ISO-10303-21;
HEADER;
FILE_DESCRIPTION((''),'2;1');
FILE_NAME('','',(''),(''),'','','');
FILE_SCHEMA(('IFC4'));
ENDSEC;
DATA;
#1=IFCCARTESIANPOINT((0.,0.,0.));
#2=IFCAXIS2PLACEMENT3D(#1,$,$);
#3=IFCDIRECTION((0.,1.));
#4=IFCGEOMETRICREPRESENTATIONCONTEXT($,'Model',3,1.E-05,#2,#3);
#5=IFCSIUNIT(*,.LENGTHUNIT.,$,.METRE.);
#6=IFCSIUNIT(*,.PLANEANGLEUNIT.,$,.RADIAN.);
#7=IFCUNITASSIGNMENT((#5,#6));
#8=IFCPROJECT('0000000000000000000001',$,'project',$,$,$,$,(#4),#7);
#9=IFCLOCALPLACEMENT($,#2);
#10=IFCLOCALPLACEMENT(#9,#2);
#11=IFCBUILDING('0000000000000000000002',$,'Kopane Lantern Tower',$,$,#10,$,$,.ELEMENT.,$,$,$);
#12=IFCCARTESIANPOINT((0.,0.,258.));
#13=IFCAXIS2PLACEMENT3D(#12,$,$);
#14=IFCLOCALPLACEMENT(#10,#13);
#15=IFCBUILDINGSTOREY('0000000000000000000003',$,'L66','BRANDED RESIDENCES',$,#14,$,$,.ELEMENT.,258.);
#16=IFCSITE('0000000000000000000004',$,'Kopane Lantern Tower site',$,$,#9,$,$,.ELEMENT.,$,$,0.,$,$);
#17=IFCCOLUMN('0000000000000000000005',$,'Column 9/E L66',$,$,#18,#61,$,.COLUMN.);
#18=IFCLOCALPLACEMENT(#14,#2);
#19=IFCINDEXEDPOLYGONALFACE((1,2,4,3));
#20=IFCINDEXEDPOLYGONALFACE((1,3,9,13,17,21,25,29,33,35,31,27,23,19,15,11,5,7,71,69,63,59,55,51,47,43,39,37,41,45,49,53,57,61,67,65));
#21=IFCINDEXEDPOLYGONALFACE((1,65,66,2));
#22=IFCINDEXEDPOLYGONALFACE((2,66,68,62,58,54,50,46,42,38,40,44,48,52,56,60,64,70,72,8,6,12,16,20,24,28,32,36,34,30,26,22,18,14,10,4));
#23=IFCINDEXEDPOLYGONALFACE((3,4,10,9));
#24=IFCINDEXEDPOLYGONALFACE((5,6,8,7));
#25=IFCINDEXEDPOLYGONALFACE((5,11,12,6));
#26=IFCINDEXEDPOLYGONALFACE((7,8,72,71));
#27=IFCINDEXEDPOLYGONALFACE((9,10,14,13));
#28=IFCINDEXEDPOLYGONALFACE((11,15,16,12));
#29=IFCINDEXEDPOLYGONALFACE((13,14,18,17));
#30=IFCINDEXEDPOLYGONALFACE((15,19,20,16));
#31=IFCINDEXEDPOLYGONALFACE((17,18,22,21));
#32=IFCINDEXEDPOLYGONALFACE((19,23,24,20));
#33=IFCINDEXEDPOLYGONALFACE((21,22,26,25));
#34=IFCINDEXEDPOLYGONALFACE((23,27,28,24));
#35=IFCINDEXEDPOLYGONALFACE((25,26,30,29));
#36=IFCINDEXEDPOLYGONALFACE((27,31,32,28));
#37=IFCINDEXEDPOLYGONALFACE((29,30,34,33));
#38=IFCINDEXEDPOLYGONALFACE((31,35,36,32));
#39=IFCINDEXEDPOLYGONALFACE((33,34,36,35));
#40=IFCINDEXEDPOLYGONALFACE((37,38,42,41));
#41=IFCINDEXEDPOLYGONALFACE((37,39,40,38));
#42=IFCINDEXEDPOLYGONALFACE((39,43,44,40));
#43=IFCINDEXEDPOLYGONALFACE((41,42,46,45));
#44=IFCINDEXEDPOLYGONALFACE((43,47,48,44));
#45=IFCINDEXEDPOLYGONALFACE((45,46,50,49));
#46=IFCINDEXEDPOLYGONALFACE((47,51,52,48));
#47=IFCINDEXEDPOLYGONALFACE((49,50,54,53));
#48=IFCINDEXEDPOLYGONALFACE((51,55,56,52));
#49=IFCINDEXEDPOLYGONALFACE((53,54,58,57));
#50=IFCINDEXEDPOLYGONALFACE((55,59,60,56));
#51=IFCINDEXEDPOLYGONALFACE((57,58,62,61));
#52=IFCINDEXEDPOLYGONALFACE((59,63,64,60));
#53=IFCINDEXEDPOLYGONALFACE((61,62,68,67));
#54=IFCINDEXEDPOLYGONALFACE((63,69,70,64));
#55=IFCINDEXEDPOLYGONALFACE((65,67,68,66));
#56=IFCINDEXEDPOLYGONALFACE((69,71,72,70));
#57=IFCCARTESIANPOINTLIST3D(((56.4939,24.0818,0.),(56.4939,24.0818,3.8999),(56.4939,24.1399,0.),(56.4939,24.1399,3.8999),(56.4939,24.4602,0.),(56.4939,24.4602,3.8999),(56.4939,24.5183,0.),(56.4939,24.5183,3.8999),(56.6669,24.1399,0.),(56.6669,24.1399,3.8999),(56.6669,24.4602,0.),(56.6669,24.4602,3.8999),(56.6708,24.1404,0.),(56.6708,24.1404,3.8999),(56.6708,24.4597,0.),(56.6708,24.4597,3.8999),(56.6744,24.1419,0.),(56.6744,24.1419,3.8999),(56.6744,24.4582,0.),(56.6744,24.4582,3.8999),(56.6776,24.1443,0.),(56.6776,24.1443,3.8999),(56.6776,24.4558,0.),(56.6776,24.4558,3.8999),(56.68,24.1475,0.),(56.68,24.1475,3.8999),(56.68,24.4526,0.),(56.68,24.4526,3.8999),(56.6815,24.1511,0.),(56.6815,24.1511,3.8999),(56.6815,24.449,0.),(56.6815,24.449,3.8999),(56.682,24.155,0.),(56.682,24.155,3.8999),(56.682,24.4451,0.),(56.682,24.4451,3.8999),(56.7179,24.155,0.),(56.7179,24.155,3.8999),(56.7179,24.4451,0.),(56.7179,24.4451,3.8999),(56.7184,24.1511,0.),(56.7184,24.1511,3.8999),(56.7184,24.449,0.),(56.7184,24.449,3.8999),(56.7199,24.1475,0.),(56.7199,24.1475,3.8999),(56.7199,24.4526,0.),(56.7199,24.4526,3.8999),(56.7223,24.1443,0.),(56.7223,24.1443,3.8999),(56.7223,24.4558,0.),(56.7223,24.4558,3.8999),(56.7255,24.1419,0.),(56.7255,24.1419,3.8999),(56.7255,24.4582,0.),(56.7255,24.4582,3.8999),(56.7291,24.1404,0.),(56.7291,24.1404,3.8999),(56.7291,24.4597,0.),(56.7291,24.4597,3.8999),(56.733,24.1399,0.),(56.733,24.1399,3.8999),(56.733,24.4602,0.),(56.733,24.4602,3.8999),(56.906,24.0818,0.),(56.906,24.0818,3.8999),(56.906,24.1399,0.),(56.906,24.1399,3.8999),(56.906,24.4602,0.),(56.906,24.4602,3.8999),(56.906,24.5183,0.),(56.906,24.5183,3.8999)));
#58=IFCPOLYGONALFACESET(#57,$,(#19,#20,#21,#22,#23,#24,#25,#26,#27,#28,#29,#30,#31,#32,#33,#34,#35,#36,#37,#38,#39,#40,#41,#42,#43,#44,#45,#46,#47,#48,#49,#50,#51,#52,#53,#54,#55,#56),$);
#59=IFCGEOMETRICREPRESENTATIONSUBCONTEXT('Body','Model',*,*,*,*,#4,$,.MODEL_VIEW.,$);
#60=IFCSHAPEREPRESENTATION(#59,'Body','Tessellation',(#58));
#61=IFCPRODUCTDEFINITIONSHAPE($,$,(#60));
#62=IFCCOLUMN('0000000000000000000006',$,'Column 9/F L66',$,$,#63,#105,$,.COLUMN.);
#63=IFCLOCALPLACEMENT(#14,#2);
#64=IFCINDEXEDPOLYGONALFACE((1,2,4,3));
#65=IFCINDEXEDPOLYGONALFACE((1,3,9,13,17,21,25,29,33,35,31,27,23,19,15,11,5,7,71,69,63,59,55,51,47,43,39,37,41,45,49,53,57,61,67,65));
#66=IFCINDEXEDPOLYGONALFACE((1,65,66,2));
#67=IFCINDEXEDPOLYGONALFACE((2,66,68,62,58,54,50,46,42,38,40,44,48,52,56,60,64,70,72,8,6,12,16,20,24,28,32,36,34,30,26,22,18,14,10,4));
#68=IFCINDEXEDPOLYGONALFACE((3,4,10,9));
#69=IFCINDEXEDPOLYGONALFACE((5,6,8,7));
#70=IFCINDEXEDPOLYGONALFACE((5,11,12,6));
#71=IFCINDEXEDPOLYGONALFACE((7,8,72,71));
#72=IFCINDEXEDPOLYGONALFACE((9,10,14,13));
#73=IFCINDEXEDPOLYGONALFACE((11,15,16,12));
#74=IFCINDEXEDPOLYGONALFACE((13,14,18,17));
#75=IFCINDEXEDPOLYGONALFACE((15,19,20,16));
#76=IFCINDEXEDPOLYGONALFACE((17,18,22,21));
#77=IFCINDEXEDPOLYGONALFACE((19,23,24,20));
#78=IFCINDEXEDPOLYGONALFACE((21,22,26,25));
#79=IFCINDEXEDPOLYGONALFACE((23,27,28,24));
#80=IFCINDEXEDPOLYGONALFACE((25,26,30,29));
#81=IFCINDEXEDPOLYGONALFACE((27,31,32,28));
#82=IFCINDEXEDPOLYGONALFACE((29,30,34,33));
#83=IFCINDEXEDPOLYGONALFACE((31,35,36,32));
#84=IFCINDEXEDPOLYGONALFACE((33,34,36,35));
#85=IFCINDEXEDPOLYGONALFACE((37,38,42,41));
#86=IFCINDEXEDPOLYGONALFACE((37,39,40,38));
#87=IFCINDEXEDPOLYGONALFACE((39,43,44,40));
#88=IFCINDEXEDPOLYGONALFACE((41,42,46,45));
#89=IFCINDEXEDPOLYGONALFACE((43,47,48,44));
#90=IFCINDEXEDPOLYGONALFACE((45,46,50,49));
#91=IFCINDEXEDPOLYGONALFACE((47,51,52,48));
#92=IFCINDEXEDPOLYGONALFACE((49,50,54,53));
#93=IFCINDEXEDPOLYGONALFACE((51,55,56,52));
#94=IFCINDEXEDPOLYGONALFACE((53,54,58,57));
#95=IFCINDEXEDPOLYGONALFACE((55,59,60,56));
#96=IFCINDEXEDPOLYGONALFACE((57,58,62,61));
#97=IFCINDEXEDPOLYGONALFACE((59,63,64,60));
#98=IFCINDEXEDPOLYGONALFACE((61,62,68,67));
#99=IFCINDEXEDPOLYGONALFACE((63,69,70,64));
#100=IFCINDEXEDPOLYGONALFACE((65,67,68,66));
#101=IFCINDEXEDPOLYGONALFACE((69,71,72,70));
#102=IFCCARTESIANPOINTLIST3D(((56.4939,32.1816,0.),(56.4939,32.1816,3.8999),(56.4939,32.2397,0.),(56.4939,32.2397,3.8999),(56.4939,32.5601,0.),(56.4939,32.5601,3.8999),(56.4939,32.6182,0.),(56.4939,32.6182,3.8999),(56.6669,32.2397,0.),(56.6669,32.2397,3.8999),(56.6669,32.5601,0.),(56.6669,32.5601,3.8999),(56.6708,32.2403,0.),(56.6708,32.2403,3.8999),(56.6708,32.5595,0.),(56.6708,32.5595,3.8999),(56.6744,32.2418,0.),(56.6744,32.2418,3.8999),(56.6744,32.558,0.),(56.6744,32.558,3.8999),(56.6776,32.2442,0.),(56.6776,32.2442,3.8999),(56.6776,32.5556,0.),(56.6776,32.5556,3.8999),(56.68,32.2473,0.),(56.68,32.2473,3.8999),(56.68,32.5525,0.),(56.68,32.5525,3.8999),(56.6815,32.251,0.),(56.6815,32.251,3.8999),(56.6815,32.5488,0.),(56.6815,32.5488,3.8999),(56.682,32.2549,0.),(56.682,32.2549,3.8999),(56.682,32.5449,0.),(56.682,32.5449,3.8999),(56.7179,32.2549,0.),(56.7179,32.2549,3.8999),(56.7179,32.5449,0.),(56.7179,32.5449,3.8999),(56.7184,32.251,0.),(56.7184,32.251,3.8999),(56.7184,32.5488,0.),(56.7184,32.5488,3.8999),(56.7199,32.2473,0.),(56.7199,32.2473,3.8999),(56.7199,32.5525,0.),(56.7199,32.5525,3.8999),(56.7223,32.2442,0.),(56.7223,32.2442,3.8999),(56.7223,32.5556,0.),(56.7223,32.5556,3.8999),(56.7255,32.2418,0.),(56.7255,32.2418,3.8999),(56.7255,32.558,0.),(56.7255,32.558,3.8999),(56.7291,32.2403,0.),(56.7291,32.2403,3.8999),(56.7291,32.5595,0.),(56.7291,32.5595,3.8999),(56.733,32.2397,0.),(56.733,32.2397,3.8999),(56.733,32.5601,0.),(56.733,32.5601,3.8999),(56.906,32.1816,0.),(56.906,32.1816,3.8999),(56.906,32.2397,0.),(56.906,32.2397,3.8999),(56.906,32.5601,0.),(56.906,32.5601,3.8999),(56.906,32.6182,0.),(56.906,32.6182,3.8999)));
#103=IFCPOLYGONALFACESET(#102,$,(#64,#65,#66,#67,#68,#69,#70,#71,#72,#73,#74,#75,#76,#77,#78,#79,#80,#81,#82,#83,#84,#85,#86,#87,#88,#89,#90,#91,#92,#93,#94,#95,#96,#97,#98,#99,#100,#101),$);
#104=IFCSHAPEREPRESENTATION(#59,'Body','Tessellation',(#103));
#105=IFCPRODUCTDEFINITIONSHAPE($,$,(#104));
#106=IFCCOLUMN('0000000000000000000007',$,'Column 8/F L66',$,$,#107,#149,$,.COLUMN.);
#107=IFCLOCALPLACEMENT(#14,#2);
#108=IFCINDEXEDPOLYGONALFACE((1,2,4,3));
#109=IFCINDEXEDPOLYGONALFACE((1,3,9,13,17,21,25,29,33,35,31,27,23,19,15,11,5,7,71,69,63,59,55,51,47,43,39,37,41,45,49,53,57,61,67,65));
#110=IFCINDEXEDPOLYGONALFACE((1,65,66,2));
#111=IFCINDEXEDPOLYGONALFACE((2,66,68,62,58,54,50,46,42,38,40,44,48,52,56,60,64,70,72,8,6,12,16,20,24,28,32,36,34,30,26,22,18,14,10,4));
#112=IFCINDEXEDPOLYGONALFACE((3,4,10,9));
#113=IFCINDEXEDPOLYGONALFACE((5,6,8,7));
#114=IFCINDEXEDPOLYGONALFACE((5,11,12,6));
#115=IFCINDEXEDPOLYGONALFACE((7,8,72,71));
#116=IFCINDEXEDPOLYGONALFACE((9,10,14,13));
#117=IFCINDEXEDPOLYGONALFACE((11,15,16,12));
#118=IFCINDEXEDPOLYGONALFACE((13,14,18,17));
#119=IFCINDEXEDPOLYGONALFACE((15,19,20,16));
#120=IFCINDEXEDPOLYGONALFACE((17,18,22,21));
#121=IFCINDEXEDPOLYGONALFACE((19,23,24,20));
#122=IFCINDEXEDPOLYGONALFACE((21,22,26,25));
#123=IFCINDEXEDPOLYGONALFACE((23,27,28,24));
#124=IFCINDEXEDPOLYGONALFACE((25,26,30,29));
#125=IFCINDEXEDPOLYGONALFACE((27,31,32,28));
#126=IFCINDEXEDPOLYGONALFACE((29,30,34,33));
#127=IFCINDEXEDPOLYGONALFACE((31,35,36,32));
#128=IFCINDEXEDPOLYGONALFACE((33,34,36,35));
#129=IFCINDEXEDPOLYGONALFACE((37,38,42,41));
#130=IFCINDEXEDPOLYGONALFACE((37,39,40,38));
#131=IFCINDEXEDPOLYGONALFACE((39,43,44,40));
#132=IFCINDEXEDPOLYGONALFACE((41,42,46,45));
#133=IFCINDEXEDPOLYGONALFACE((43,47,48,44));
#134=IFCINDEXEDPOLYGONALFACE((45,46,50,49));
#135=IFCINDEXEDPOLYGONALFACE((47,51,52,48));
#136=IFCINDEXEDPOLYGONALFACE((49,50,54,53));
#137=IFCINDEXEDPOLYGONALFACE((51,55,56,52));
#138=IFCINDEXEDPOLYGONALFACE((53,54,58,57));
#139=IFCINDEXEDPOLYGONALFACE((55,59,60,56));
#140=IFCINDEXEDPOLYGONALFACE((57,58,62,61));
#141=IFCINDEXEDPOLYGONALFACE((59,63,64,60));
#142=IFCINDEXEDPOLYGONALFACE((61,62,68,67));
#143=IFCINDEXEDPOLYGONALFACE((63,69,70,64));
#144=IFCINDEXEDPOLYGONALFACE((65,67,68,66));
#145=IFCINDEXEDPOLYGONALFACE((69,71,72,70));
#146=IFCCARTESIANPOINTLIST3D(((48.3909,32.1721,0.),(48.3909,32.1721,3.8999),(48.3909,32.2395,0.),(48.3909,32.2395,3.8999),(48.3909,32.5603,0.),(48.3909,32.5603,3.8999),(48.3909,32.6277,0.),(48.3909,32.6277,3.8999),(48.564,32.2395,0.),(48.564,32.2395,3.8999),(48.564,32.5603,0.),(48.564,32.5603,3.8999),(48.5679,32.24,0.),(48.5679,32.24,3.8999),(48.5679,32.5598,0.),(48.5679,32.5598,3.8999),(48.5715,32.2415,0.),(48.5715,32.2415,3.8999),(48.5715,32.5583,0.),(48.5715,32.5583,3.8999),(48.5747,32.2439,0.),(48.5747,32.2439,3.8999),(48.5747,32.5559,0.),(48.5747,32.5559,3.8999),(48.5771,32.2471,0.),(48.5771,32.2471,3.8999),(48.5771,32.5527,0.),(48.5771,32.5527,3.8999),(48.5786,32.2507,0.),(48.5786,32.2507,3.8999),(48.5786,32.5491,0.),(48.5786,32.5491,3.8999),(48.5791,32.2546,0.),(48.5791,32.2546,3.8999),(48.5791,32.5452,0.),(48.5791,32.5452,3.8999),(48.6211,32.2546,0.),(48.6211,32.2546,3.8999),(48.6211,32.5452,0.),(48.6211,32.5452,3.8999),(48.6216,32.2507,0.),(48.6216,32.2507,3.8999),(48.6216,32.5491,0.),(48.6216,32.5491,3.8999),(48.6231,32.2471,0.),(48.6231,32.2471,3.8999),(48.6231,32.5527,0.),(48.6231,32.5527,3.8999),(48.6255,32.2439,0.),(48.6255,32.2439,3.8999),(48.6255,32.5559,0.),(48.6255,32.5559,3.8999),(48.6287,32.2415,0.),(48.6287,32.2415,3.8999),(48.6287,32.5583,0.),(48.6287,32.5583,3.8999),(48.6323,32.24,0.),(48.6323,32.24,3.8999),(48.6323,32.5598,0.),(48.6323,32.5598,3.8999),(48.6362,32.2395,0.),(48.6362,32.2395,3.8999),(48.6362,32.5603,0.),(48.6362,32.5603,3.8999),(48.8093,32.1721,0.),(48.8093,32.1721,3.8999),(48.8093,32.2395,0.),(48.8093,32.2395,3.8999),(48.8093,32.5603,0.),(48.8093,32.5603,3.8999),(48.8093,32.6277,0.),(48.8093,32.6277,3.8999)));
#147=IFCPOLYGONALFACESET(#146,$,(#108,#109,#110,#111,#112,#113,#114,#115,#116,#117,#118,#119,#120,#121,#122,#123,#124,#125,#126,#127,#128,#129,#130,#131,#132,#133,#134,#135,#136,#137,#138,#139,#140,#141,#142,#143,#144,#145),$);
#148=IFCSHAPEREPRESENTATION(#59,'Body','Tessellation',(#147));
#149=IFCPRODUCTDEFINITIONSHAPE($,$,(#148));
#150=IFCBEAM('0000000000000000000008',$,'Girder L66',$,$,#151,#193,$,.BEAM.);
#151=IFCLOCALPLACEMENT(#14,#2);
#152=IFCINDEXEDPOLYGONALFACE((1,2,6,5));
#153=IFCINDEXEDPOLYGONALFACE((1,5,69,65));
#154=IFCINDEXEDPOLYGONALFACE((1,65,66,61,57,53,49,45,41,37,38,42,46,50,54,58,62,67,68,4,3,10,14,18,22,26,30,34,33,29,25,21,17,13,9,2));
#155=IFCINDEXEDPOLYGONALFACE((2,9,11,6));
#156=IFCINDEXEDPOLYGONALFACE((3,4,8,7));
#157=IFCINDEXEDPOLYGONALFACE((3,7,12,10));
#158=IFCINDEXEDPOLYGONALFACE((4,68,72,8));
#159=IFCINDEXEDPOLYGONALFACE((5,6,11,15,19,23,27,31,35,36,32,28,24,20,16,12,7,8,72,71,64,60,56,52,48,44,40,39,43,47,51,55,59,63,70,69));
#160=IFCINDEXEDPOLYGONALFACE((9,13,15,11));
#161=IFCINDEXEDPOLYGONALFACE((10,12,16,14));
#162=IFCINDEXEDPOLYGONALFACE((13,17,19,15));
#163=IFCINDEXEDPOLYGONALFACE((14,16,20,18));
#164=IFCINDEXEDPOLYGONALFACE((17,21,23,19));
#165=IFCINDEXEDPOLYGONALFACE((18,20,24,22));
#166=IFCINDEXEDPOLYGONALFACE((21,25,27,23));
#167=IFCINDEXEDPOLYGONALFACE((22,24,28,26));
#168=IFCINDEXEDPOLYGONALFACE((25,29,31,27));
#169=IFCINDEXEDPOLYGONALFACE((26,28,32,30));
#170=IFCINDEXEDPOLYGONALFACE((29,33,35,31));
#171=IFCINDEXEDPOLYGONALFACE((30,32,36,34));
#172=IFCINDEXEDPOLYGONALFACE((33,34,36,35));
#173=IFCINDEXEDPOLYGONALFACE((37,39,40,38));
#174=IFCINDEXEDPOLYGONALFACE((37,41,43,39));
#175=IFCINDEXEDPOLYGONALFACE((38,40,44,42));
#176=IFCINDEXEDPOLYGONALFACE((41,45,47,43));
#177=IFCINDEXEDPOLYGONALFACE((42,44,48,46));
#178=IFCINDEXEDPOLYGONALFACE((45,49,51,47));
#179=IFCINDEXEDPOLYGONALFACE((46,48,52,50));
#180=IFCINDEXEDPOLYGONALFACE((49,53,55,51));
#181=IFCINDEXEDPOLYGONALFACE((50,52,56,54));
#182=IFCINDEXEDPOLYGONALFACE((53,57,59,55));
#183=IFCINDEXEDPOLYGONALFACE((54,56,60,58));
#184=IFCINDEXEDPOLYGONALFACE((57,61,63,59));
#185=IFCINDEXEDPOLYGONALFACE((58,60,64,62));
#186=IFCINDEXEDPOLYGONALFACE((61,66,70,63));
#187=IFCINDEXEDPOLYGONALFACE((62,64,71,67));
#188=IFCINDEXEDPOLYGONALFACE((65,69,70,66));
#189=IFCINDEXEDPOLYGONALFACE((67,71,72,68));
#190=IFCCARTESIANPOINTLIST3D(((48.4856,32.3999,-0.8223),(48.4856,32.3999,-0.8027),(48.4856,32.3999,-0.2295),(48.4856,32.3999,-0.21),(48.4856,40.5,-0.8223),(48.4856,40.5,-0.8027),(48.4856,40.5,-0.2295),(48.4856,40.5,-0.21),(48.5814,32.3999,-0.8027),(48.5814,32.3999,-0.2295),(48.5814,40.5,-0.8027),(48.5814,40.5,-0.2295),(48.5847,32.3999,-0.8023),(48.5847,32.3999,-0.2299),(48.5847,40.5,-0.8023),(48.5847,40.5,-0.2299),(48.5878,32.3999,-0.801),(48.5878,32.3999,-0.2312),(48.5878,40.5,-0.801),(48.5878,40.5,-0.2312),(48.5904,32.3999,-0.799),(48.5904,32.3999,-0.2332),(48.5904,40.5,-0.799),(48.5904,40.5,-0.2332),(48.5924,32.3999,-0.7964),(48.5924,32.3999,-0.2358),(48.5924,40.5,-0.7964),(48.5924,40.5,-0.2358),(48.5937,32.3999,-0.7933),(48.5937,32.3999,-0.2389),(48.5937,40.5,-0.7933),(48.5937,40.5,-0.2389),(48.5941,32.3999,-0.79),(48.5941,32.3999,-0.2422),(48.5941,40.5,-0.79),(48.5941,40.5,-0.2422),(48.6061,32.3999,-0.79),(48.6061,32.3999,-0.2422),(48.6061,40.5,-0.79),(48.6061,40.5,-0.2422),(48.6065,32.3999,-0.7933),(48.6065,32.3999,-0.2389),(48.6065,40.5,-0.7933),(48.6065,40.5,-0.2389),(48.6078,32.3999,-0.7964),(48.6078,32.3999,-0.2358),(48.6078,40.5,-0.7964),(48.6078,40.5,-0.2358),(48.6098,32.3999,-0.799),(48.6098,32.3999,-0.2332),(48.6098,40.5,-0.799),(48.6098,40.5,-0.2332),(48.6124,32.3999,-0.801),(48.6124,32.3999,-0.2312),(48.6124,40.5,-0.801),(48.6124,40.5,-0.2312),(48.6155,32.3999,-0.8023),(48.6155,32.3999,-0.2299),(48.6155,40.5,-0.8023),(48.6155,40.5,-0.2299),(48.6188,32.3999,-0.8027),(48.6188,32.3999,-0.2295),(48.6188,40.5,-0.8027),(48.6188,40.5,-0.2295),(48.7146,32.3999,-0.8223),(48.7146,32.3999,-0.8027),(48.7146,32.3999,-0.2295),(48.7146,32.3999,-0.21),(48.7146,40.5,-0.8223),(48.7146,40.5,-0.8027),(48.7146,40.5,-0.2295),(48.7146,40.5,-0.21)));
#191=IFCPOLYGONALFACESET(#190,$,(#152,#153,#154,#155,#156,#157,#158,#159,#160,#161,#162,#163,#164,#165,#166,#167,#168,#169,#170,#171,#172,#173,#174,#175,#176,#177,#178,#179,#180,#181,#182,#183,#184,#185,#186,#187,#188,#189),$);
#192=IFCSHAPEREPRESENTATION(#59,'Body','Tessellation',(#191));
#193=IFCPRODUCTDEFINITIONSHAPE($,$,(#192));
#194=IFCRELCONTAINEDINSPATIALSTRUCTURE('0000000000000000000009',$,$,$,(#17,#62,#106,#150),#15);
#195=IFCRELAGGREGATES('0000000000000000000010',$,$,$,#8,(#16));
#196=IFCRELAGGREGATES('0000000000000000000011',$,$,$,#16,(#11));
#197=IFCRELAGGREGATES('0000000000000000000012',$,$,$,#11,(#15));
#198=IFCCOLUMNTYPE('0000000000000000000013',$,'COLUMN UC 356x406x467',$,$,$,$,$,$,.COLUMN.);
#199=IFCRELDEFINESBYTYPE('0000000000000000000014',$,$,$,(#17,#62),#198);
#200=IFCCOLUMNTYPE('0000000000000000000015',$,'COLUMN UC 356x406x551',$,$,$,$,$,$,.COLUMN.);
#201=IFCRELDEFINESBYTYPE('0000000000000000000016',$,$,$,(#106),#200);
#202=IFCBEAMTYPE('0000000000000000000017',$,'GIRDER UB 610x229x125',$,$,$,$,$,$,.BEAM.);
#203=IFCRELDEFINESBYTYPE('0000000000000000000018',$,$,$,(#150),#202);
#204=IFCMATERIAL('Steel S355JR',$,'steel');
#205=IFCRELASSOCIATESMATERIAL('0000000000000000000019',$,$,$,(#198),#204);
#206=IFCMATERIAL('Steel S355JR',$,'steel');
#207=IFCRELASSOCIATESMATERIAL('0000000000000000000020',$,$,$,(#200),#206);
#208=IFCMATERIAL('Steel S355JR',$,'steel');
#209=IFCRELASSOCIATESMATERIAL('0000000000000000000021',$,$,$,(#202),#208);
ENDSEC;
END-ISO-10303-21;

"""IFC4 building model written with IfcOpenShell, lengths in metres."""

from ifc_helpers import new_model, si_unit, direction, frame, origin, origin_2d, place, context, subcontext, project, spatial, i_section, extrude, material, material_profile, profile_set, type_object, element, save


model = new_model("IFC4")

# Units and contexts
model_context = context("Model", 3, precision=1e-05, world=origin(), true_north=direction((0.0, 1.0)))
body_context = subcontext(model_context, "Body", "Model", "MODEL_VIEW")
ifc_project = project(units=[si_unit("LENGTHUNIT", "METRE"), si_unit("PLANEANGLEUNIT", "RADIAN")], contexts=[model_context])

# Site, building, storey
site_placement = place(None, origin())
site = spatial("IfcSite", under=ifc_project, at=site_placement, Name="Kopane Lantern Tower site", CompositionType="ELEMENT", RefElevation=0.0)
building_placement = place(site_placement, origin())
building = spatial("IfcBuilding", under=site, at=building_placement, Name="Kopane Lantern Tower", CompositionType="ELEMENT")
storey_placement = place(building_placement, frame((0.0, 0.0, 258.0)))
storey = spatial("IfcBuildingStorey", under=building, at=storey_placement, Name="L66", Description="BRANDED RESIDENCES", CompositionType="ELEMENT", Elevation=258.0)

# Columns
ifc_material_1 = material(Name="Steel S355JR", Category="steel")
ifc_material_profile_1 = material_profile(ifc_material_1, i_section(OverallWidth=0.4121, OverallDepth=0.4365, WebThickness=0.0359, FlangeThickness=0.0581, FilletRadius=0.0151, at=origin_2d()), Name="UC 356x406x467")
ifc_profile_set_1 = profile_set([ifc_material_profile_1], Name="Steel S355JR")
column_type_1 = type_object("IfcColumnType", Name="COLUMN UC 356x406x467", PredefinedType="COLUMN", material=ifc_profile_set_1)
for number, where, z_axis, x_axis, name in (
    (1, (56.7, 24.3, 0.0), (0.0, 0.0, 1.0), (1.0, 0.0, 0.0), "Column 9/E L66"),
    (2, (56.7, 32.3999, 0.0), (0.0, 0.0, 1.0), (1.0, 0.0, 0.0), "Column 9/F L66"),
):
    element("IfcColumn", number, at=place(storey_placement, frame(where, z_axis=z_axis, x_axis=x_axis)), inside=storey, type_object=column_type_1, Name=name, PredefinedType="COLUMN", context=body_context, shape_type="SweptSolid", body=[
        extrude(i_section(OverallWidth=0.4121, OverallDepth=0.4365, WebThickness=0.0359, FlangeThickness=0.0581, FilletRadius=0.0151, at=origin_2d()), origin(), (0.0, 0.0, 1.0), 3.8999),
    ])
ifc_material_2 = material(Name="Steel S355JR", Category="steel")
ifc_material_profile_2 = material_profile(ifc_material_2, i_section(OverallWidth=0.4185, OverallDepth=0.4556, WebThickness=0.042, FlangeThickness=0.0674, FilletRadius=0.0151, at=origin_2d()), Name="UC 356x406x551")
ifc_profile_set_2 = profile_set([ifc_material_profile_2], Name="Steel S355JR")
column_type_2 = type_object("IfcColumnType", Name="COLUMN UC 356x406x551", PredefinedType="COLUMN", material=ifc_profile_set_2)
column_placement = place(storey_placement, frame((48.6001, 32.3999, 0.0), z_axis=(0.0, 0.0, 1.0), x_axis=(1.0, 0.0, 0.0)))
element("IfcColumn", 3, at=column_placement, inside=storey, type_object=column_type_2, Name="Column 8/F L66", PredefinedType="COLUMN", context=body_context, shape_type="SweptSolid", body=[
    extrude(i_section(OverallWidth=0.4185, OverallDepth=0.4556, WebThickness=0.042, FlangeThickness=0.0674, FilletRadius=0.0151, at=origin_2d()), origin(), (0.0, 0.0, 1.0), 3.8999),
])

# Beam
ifc_material_3 = material(Name="Steel S355JR", Category="steel")
ifc_material_profile_3 = material_profile(ifc_material_3, i_section(OverallWidth=0.229, OverallDepth=0.6123, WebThickness=0.012, FlangeThickness=0.0195, FilletRadius=0.0127, at=origin_2d()), Name="UB 610x229x125")
ifc_profile_set_3 = profile_set([ifc_material_profile_3], Name="Steel S355JR")
beam_type = type_object("IfcBeamType", Name="GIRDER UB 610x229x125", PredefinedType="BEAM", material=ifc_profile_set_3)
beam_1_placement = place(storey_placement, frame((48.6001, 32.3999, -0.5161), z_axis=(0.0, 1.0, 0.0), x_axis=(-1.0, 0.0, 0.0)))
element("IfcBeam", 4, at=beam_1_placement, inside=storey, type_object=beam_type, Name="Girder L66", PredefinedType="BEAM", context=body_context, shape_type="SweptSolid", body=[
    extrude(i_section(OverallWidth=0.229, OverallDepth=0.6123, WebThickness=0.012, FlangeThickness=0.0195, FilletRadius=0.0127, at=origin_2d()), origin(), (0.0, 0.0, 1.0), 8.1001),
])

save(model, "model.ifc")
